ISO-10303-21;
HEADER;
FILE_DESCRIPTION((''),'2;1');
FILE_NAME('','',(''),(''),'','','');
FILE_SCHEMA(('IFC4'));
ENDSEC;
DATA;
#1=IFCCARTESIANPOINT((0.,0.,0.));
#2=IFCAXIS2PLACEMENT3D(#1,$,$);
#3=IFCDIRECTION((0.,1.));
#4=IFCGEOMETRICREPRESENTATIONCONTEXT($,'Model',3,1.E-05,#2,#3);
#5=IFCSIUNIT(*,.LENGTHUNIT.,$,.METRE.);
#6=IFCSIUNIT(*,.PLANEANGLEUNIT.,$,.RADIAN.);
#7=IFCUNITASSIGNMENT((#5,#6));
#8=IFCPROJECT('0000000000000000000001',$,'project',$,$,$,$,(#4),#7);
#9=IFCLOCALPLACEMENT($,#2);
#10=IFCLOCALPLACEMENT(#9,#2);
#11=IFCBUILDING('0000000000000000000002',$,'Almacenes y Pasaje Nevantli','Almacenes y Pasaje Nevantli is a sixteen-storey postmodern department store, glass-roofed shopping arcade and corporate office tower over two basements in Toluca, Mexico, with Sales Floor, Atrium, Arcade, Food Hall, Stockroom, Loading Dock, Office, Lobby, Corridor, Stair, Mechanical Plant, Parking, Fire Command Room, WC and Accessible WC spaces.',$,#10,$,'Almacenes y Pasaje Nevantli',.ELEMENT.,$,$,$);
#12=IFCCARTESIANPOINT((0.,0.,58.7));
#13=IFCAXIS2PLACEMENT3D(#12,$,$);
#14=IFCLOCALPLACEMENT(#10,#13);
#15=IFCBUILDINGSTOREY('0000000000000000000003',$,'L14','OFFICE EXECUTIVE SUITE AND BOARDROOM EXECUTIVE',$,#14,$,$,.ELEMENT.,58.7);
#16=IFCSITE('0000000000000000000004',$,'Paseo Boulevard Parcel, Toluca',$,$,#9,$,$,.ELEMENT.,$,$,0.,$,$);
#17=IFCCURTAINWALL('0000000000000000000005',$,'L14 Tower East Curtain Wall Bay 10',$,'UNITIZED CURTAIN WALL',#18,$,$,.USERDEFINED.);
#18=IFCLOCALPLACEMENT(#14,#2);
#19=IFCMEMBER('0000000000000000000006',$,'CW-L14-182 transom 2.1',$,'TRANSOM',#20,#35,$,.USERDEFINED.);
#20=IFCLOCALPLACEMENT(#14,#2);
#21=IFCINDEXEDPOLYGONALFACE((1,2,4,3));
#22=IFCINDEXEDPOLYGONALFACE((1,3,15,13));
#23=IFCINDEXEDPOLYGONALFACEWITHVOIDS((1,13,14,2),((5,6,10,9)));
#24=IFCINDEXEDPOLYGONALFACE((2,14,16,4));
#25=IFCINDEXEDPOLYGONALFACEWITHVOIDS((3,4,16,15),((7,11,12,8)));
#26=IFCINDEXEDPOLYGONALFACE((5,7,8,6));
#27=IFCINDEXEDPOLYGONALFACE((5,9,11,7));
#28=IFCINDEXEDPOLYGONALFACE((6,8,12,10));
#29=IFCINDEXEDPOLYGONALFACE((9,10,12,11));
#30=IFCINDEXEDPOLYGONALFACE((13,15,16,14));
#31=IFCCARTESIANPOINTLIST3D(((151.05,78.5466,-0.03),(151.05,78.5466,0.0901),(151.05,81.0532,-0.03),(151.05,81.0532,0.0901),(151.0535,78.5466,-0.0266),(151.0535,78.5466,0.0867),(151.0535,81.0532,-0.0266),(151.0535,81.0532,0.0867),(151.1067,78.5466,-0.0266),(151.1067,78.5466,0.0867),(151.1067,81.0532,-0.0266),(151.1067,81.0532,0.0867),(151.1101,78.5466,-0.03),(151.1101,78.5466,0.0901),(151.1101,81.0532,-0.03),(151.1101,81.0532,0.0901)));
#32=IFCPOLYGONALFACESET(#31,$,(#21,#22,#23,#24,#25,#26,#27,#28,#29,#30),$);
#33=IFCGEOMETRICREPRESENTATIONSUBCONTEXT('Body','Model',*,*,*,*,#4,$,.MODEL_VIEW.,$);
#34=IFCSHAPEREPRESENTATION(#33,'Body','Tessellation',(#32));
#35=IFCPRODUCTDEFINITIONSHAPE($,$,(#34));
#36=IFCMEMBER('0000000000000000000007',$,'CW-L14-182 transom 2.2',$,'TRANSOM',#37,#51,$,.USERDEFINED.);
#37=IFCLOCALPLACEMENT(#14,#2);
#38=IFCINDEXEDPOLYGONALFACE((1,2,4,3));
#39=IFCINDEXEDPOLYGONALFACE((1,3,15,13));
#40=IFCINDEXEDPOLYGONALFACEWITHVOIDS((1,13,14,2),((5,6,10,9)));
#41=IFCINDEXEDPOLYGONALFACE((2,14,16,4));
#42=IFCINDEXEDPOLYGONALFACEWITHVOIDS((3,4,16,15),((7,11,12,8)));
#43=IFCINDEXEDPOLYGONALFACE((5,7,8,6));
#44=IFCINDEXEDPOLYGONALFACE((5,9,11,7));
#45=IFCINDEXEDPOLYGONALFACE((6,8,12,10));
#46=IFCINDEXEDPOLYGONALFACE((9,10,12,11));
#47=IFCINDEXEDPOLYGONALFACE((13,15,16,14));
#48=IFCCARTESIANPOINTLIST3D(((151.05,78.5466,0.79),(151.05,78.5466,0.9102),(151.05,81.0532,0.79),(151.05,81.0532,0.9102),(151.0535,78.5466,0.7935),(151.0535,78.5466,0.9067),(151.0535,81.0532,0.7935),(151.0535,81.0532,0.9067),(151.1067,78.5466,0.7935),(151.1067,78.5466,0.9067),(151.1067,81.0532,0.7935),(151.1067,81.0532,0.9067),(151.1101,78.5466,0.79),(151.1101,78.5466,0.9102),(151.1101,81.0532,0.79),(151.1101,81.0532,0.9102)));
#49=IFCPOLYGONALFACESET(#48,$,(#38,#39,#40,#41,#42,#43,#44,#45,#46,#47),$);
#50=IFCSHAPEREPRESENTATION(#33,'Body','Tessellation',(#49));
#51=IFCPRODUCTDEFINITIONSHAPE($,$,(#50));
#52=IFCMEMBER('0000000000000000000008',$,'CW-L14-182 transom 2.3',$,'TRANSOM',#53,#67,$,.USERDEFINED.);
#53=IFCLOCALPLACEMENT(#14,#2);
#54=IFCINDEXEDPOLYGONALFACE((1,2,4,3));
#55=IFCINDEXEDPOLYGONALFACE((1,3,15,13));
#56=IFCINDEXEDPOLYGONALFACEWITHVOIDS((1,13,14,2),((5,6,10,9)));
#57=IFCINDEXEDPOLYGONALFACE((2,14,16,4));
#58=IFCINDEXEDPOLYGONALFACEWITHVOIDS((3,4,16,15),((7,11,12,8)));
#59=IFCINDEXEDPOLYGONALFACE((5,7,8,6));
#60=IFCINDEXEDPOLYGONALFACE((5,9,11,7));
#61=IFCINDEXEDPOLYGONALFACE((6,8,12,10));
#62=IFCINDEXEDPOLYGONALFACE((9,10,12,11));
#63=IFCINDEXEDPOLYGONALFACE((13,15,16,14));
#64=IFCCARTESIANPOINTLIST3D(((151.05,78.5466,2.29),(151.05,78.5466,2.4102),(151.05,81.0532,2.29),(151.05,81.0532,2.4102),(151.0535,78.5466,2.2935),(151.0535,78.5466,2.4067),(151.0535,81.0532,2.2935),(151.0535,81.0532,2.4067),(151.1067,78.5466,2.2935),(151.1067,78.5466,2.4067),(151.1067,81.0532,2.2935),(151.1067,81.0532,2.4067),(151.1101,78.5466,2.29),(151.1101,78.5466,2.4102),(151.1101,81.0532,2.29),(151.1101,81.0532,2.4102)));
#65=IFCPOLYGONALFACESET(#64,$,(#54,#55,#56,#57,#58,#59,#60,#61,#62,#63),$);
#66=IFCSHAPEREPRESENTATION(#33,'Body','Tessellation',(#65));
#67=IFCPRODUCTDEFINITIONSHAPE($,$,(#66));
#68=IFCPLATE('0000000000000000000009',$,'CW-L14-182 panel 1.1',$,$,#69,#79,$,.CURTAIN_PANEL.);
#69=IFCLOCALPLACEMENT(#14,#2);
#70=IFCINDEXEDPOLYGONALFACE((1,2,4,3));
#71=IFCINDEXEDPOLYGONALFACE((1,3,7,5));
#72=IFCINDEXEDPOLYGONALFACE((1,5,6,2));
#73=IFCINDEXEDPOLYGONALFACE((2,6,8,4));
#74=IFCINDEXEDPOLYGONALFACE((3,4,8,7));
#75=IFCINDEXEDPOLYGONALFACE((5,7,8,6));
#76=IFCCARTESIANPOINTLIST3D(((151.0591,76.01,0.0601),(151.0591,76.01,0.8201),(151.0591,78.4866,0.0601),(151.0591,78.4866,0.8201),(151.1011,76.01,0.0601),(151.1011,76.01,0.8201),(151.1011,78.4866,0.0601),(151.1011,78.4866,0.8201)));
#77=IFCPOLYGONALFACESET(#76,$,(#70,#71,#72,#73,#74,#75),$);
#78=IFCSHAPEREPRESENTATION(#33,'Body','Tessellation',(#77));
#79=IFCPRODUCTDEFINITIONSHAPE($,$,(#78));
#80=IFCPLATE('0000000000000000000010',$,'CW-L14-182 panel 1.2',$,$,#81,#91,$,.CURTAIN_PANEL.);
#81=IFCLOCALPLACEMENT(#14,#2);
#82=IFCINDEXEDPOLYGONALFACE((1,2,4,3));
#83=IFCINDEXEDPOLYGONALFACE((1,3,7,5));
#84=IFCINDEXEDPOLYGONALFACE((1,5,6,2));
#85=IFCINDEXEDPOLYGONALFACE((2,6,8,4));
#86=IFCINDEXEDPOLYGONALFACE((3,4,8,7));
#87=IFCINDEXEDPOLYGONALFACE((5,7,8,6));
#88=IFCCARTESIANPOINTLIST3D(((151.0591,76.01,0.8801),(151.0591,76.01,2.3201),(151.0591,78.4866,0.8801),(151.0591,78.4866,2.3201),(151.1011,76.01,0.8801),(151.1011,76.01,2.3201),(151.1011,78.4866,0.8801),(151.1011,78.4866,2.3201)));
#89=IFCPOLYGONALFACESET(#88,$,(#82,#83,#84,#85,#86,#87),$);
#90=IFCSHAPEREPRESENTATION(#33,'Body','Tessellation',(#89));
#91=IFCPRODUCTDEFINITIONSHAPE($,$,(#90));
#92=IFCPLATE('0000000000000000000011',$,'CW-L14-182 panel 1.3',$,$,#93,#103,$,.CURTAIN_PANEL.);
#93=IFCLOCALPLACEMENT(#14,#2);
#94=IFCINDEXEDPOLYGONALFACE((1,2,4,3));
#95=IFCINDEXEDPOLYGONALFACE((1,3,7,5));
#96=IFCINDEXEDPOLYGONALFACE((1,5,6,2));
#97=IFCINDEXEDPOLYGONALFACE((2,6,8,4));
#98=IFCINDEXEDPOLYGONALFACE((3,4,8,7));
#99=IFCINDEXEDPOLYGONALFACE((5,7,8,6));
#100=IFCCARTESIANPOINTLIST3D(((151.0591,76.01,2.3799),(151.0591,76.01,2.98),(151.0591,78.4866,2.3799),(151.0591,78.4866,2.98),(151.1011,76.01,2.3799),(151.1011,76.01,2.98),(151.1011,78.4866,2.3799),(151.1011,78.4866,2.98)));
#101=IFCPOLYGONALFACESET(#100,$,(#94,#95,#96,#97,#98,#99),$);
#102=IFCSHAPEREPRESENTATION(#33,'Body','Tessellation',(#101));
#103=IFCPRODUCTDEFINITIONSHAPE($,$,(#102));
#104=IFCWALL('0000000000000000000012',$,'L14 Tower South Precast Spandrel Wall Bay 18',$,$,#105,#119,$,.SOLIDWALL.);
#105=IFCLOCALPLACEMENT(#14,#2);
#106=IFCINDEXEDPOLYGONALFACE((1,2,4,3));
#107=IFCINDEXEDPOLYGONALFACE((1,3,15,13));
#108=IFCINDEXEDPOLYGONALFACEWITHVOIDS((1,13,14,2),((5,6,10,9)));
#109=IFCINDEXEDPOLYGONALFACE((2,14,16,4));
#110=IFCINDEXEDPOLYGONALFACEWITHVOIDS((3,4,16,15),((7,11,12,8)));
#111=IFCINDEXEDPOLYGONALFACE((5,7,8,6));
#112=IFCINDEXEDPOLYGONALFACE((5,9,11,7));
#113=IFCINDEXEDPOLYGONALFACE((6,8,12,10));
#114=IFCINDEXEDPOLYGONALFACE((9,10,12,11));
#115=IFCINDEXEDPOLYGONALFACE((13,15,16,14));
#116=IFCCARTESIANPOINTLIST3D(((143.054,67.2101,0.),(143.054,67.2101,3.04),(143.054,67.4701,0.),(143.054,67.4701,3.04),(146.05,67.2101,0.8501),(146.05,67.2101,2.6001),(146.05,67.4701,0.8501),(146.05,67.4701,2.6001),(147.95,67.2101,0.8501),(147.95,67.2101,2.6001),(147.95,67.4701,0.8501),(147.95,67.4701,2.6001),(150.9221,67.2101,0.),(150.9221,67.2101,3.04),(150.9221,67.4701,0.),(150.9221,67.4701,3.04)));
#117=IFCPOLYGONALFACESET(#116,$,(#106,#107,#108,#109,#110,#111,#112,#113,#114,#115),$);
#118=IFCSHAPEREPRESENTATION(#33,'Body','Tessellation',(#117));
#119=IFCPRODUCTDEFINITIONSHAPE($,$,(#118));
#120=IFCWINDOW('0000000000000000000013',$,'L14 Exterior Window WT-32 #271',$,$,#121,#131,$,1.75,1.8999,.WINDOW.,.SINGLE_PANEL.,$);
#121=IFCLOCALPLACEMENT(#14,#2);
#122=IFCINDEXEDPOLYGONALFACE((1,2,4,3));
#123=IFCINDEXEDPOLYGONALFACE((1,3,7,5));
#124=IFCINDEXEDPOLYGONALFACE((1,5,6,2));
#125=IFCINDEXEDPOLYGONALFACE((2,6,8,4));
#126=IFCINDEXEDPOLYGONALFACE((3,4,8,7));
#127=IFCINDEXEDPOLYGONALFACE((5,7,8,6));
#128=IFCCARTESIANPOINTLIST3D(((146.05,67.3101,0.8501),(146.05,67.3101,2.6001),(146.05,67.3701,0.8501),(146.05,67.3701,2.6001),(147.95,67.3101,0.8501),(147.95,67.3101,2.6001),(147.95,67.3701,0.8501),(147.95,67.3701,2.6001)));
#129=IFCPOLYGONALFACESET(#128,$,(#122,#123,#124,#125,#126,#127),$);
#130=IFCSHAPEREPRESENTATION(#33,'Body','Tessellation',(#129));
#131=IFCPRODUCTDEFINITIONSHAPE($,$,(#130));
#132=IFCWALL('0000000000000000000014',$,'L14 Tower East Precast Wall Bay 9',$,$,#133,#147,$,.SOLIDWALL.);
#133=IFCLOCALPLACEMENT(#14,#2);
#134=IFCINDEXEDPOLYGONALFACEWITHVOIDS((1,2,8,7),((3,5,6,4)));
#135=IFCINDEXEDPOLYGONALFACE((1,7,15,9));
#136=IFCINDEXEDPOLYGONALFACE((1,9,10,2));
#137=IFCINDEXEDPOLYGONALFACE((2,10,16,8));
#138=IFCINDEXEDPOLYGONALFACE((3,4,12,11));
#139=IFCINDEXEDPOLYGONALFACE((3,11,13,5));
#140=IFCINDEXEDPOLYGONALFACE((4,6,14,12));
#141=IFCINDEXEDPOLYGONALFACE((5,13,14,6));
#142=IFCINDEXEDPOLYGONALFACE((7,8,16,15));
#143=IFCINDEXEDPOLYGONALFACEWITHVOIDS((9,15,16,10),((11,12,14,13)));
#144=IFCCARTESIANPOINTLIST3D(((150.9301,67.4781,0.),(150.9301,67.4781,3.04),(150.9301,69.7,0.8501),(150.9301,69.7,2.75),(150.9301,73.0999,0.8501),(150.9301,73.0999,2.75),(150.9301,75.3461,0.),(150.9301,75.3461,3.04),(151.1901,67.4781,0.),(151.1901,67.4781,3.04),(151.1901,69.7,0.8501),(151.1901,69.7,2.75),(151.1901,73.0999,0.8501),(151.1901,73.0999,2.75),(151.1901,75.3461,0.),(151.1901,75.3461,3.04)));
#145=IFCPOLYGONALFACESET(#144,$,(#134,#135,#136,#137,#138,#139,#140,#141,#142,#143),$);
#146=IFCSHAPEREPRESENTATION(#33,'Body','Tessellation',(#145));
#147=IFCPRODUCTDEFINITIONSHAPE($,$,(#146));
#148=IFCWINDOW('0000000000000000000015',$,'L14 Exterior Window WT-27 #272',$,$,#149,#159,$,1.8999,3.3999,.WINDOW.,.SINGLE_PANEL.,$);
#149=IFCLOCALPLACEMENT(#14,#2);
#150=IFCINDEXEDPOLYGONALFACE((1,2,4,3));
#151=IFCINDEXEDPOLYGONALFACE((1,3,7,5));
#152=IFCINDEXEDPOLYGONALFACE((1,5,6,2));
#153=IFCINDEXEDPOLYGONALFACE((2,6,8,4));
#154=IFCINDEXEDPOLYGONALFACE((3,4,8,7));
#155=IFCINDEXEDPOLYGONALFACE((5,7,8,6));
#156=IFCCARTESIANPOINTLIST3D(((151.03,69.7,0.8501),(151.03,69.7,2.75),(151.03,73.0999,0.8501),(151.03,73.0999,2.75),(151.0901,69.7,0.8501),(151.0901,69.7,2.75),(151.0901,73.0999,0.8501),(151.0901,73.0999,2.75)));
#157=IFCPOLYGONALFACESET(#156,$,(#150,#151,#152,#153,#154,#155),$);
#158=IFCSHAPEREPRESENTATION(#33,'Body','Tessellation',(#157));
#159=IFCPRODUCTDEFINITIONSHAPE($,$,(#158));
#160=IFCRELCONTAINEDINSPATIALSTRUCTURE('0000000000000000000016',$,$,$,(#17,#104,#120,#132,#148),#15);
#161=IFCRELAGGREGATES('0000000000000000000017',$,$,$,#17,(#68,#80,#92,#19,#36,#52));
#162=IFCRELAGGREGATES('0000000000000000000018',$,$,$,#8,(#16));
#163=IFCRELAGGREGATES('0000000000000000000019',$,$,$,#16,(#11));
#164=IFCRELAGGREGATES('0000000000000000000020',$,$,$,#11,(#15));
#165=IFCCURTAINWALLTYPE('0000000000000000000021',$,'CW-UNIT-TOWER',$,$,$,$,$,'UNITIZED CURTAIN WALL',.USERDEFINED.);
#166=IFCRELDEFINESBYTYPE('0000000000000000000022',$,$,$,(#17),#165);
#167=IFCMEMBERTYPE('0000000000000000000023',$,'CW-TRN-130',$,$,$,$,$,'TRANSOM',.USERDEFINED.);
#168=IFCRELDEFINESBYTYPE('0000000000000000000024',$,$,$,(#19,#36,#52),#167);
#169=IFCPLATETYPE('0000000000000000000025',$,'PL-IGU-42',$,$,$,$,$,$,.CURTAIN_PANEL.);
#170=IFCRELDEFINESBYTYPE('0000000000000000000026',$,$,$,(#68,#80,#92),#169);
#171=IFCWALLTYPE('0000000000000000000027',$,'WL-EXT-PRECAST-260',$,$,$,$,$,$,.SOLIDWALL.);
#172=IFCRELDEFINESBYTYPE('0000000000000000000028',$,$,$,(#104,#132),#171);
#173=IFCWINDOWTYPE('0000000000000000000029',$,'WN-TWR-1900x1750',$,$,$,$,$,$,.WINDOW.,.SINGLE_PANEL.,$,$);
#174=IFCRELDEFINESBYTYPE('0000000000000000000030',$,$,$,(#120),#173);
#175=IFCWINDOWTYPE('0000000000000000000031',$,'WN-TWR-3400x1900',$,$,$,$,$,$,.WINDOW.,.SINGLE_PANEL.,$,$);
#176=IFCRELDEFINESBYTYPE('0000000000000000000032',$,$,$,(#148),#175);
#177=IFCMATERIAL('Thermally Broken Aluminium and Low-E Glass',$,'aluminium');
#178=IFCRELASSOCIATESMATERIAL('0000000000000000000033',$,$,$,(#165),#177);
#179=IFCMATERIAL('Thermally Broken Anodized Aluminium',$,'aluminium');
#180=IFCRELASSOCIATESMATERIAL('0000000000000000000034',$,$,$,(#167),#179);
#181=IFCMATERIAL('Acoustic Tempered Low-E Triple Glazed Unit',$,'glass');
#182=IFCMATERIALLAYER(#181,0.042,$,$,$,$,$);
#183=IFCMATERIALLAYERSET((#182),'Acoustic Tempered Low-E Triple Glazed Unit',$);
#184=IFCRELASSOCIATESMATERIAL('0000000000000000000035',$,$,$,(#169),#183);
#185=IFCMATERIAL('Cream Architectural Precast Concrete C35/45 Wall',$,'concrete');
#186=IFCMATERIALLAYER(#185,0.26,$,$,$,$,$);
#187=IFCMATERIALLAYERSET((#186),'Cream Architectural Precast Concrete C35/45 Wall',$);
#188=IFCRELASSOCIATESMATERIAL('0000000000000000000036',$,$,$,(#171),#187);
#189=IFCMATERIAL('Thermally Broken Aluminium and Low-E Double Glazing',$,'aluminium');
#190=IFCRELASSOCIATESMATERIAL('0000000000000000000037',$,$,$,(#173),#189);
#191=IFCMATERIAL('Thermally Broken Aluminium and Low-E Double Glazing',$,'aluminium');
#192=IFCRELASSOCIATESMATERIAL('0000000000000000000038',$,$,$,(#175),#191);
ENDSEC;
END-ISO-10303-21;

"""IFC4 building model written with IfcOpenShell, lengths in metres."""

from ifc_helpers import new_model, si_unit, direction, frame, frame_2d, origin, origin_2d, place, context, subcontext, project, spatial, rectangle, hollow_rectangle, extrude, material, layer, layer_set, material_profile, profile_set, type_object, element, fill, aggregate, save


model = new_model("IFC4")

# Units and contexts
model_context = context("Model", 3, precision=1e-05, world=origin(), true_north=direction((0.0, 1.0)))
body_context = subcontext(model_context, "Body", "Model", "MODEL_VIEW")
ifc_project = project(units=[si_unit("LENGTHUNIT", "METRE"), si_unit("PLANEANGLEUNIT", "RADIAN")], contexts=[model_context])

# Site, building, storey
site_placement = place(None, origin())
site = spatial("IfcSite", under=ifc_project, at=site_placement, Name="Paseo Boulevard Parcel, Toluca", CompositionType="ELEMENT", RefElevation=0.0)
building_placement = place(site_placement, origin())
building = spatial("IfcBuilding", under=site, at=building_placement, Name="Almacenes y Pasaje Nevantli", Description="Almacenes y Pasaje Nevantli is a sixteen-storey postmodern department store, glass-roofed shopping arcade and corporate office tower over two basements in Toluca, Mexico, with Sales Floor, Atrium, Arcade, Food Hall, Stockroom, Loading Dock, Office, Lobby, Corridor, Stair, Mechanical Plant, Parking, Fire Command Room, WC and Accessible WC spaces.", LongName="Almacenes y Pasaje Nevantli", CompositionType="ELEMENT")
storey_placement = place(building_placement, frame((0.0, 0.0, 58.7)))
storey = spatial("IfcBuildingStorey", under=building, at=storey_placement, Name="L14", Description="OFFICE EXECUTIVE SUITE AND BOARDROOM EXECUTIVE", CompositionType="ELEMENT", Elevation=58.7)

# Curtain wall, members, plates
ifc_material_1 = material(Name="Thermally Broken Aluminium and Low-E Glass", Category="aluminium")
curtain_wall_type = type_object("IfcCurtainWallType", Name="CW-UNIT-TOWER", ElementType="UNITIZED CURTAIN WALL", PredefinedType="USERDEFINED", material=ifc_material_1)
curtain_wall_placement = place(storey_placement, origin())
curtain_wall = element("IfcCurtainWall", 1, at=curtain_wall_placement, inside=storey, type_object=curtain_wall_type, Name="L14 Tower East Curtain Wall Bay 10", ObjectType="UNITIZED CURTAIN WALL", PredefinedType="USERDEFINED")
ifc_material_2 = material(Name="Thermally Broken Anodized Aluminium", Category="aluminium")
ifc_material_profile_1 = material_profile(ifc_material_2, hollow_rectangle(XDim=0.0601, YDim=0.1201, WallThickness=0.0034, at=origin_2d()), Name="ALU-TRN-60x120")
ifc_profile_set_1 = profile_set([ifc_material_profile_1], Name="Thermally Broken Anodized Aluminium")
member_type_1 = type_object("IfcMemberType", Name="CW-TRN-130", ElementType="TRANSOM", PredefinedType="USERDEFINED", material=ifc_profile_set_1)
member_1_placement = place(storey_placement, frame((151.0801, 78.5466, 0.03), z_axis=(0.0, 1.0, 0.0), x_axis=(-1.0, 0.0, 0.0)))
member_1 = element("IfcMember", 2, at=member_1_placement, type_object=member_type_1, Name="CW-L14-182 transom 2.1", ObjectType="TRANSOM", PredefinedType="USERDEFINED", context=body_context, shape_type="SweptSolid", body=[
    extrude(hollow_rectangle(XDim=0.0601, YDim=0.1201, WallThickness=0.0034, at=origin_2d()), origin(), (0.0, 0.0, 1.0), 2.5066),
])
member_2_placement = place(storey_placement, frame((151.0801, 78.5466, 0.8501), z_axis=(0.0, 1.0, 0.0), x_axis=(-1.0, 0.0, 0.0)))
member_2 = element("IfcMember", 3, at=member_2_placement, type_object=member_type_1, Name="CW-L14-182 transom 2.2", ObjectType="TRANSOM", PredefinedType="USERDEFINED", context=body_context, shape_type="SweptSolid", body=[
    extrude(hollow_rectangle(XDim=0.0601, YDim=0.1201, WallThickness=0.0034, at=origin_2d()), origin(), (0.0, 0.0, 1.0), 2.5066),
])
member_3_placement = place(storey_placement, frame((151.0801, 78.5466, 2.3501), z_axis=(0.0, 1.0, 0.0), x_axis=(-1.0, 0.0, 0.0)))
member_3 = element("IfcMember", 4, at=member_3_placement, type_object=member_type_1, Name="CW-L14-182 transom 2.3", ObjectType="TRANSOM", PredefinedType="USERDEFINED", context=body_context, shape_type="SweptSolid", body=[
    extrude(hollow_rectangle(XDim=0.0601, YDim=0.1201, WallThickness=0.0034, at=origin_2d()), origin(), (0.0, 0.0, 1.0), 2.5066),
])
ifc_material_3 = material(Name="Acoustic Tempered Low-E Triple Glazed Unit", Category="glass")
ifc_layer_1 = layer(ifc_material_3, 0.042)
ifc_layer_set_1 = layer_set([ifc_layer_1], Name="Acoustic Tempered Low-E Triple Glazed Unit")
plate_type = type_object("IfcPlateType", Name="PL-IGU-42", PredefinedType="CURTAIN_PANEL", material=ifc_layer_set_1)
plate_1_placement = place(storey_placement, frame((151.0801, 77.2483, 0.0601), z_axis=(0.0, 0.0, 1.0), x_axis=(0.0, 1.0, 0.0)))
plate_1 = element("IfcPlate", 5, at=plate_1_placement, type_object=plate_type, Name="CW-L14-182 panel 1.1", PredefinedType="CURTAIN_PANEL", context=body_context, shape_type="SweptSolid", body=[
    extrude(rectangle(XDim=2.4766, YDim=0.042, at=origin_2d()), origin(), (0.0, 0.0, 1.0), 0.76),
])
plate_2_placement = place(storey_placement, frame((151.0801, 77.2483, 0.8801), z_axis=(0.0, 0.0, 1.0), x_axis=(0.0, 1.0, 0.0)))
plate_2 = element("IfcPlate", 6, at=plate_2_placement, type_object=plate_type, Name="CW-L14-182 panel 1.2", PredefinedType="CURTAIN_PANEL", context=body_context, shape_type="SweptSolid", body=[
    extrude(rectangle(XDim=2.4766, YDim=0.042, at=origin_2d()), origin(), (0.0, 0.0, 1.0), 1.4399),
])
plate_3_placement = place(storey_placement, frame((151.0801, 77.2483, 2.3799), z_axis=(0.0, 0.0, 1.0), x_axis=(0.0, 1.0, 0.0)))
plate_3 = element("IfcPlate", 7, at=plate_3_placement, type_object=plate_type, Name="CW-L14-182 panel 1.3", PredefinedType="CURTAIN_PANEL", context=body_context, shape_type="SweptSolid", body=[
    extrude(rectangle(XDim=2.4766, YDim=0.042, at=origin_2d()), origin(), (0.0, 0.0, 1.0), 0.6001),
])
aggregate(curtain_wall, [plate_1, plate_2, plate_3, member_1, member_2, member_3])

# Walls, openings, windows
ifc_material_4 = material(Name="Cream Architectural Precast Concrete C35/45 Wall", Category="concrete")
ifc_layer_2 = layer(ifc_material_4, 0.26)
ifc_layer_set_2 = layer_set([ifc_layer_2], Name="Cream Architectural Precast Concrete C35/45 Wall")
wall_type_1 = type_object("IfcWallType", Name="WL-EXT-PRECAST-260", PredefinedType="SOLIDWALL", material=ifc_layer_set_2)
wall_1_placement = place(storey_placement, frame((143.054, 67.3401, 0.0), z_axis=(0.0, 0.0, 1.0), x_axis=(1.0, 0.0, 0.0)))
wall_1 = element("IfcWall", 8, at=wall_1_placement, inside=storey, type_object=wall_type_1, Name="L14 Tower South Precast Spandrel Wall Bay 18", PredefinedType="SOLIDWALL", context=body_context, shape_type="SweptSolid", body=[
    extrude(rectangle(XDim=7.8682, YDim=0.26, at=frame_2d((3.9341, 0.0))), origin(), (0.0, 0.0, 1.0), 3.04),
])
opening_1_placement = place(wall_1_placement, frame((2.9961, 0.0, 0.8501)))
opening_1 = element("IfcOpeningElement", 9, at=opening_1_placement, cuts=wall_1, PredefinedType="OPENING", context=body_context, shape_type="SweptSolid", body=[
    extrude(rectangle(XDim=1.8999, YDim=1.75, at=frame_2d((0.95, 0.875))), frame((0.0, 0.1399, 0.0), z_axis=(0.0, -1.0, 0.0), x_axis=(1.0, 0.0, 0.0)), (0.0, 0.0, 1.0), 0.28),
])
ifc_material_5 = material(Name="Thermally Broken Aluminium and Low-E Double Glazing", Category="aluminium")
window_type_1 = type_object("IfcWindowType", Name="WN-TWR-1900x1750", PartitioningType="SINGLE_PANEL", PredefinedType="WINDOW", material=ifc_material_5)
window_1_placement = place(opening_1_placement, origin())
window_1 = element("IfcWindow", 10, at=window_1_placement, inside=storey, type_object=window_type_1, Name="L14 Exterior Window WT-32 #271", OverallHeight=1.75, OverallWidth=1.8999, PartitioningType="SINGLE_PANEL", PredefinedType="WINDOW", context=body_context, shape_type="SweptSolid", body=[
    extrude(rectangle(XDim=1.8999, YDim=1.75, at=frame_2d((0.95, 0.875))), frame((0.0, 0.03, 0.0), z_axis=(0.0, -1.0, 0.0), x_axis=(1.0, 0.0, 0.0)), (0.0, 0.0, 1.0), 0.0601),
])
fill(opening_1, window_1)
wall_2_placement = place(storey_placement, frame((151.0601, 67.478, 0.0), z_axis=(0.0, 0.0, 1.0), x_axis=(0.0, 1.0, 0.0)))
wall_2 = element("IfcWall", 11, at=wall_2_placement, inside=storey, type_object=wall_type_1, Name="L14 Tower East Precast Wall Bay 9", PredefinedType="SOLIDWALL", context=body_context, shape_type="SweptSolid", body=[
    extrude(rectangle(XDim=7.8679, YDim=0.26, at=frame_2d((3.9341, 0.0))), origin(), (0.0, 0.0, 1.0), 3.04),
])
opening_2_placement = place(wall_2_placement, frame((2.2219, 0.0, 0.8501)))
opening_2 = element("IfcOpeningElement", 12, at=opening_2_placement, cuts=wall_2, PredefinedType="OPENING", context=body_context, shape_type="SweptSolid", body=[
    extrude(rectangle(XDim=3.3999, YDim=1.8999, at=frame_2d((1.7, 0.95))), frame((0.0, 0.1399, 0.0), z_axis=(0.0, -1.0, 0.0), x_axis=(1.0, 0.0, 0.0)), (0.0, 0.0, 1.0), 0.28),
])
ifc_material_6 = material(Name="Thermally Broken Aluminium and Low-E Double Glazing", Category="aluminium")
window_type_2 = type_object("IfcWindowType", Name="WN-TWR-3400x1900", PartitioningType="SINGLE_PANEL", PredefinedType="WINDOW", material=ifc_material_6)
window_2_placement = place(opening_2_placement, origin())
window_2 = element("IfcWindow", 13, at=window_2_placement, inside=storey, type_object=window_type_2, Name="L14 Exterior Window WT-27 #272", OverallHeight=1.8999, OverallWidth=3.3999, PartitioningType="SINGLE_PANEL", PredefinedType="WINDOW", context=body_context, shape_type="SweptSolid", body=[
    extrude(rectangle(XDim=3.3999, YDim=1.8999, at=frame_2d((1.7, 0.95))), frame((0.0, 0.03, 0.0), z_axis=(0.0, -1.0, 0.0), x_axis=(1.0, 0.0, 0.0)), (0.0, 0.0, 1.0), 0.0601),
])
fill(opening_2, window_2)

save(model, "model.ifc")
